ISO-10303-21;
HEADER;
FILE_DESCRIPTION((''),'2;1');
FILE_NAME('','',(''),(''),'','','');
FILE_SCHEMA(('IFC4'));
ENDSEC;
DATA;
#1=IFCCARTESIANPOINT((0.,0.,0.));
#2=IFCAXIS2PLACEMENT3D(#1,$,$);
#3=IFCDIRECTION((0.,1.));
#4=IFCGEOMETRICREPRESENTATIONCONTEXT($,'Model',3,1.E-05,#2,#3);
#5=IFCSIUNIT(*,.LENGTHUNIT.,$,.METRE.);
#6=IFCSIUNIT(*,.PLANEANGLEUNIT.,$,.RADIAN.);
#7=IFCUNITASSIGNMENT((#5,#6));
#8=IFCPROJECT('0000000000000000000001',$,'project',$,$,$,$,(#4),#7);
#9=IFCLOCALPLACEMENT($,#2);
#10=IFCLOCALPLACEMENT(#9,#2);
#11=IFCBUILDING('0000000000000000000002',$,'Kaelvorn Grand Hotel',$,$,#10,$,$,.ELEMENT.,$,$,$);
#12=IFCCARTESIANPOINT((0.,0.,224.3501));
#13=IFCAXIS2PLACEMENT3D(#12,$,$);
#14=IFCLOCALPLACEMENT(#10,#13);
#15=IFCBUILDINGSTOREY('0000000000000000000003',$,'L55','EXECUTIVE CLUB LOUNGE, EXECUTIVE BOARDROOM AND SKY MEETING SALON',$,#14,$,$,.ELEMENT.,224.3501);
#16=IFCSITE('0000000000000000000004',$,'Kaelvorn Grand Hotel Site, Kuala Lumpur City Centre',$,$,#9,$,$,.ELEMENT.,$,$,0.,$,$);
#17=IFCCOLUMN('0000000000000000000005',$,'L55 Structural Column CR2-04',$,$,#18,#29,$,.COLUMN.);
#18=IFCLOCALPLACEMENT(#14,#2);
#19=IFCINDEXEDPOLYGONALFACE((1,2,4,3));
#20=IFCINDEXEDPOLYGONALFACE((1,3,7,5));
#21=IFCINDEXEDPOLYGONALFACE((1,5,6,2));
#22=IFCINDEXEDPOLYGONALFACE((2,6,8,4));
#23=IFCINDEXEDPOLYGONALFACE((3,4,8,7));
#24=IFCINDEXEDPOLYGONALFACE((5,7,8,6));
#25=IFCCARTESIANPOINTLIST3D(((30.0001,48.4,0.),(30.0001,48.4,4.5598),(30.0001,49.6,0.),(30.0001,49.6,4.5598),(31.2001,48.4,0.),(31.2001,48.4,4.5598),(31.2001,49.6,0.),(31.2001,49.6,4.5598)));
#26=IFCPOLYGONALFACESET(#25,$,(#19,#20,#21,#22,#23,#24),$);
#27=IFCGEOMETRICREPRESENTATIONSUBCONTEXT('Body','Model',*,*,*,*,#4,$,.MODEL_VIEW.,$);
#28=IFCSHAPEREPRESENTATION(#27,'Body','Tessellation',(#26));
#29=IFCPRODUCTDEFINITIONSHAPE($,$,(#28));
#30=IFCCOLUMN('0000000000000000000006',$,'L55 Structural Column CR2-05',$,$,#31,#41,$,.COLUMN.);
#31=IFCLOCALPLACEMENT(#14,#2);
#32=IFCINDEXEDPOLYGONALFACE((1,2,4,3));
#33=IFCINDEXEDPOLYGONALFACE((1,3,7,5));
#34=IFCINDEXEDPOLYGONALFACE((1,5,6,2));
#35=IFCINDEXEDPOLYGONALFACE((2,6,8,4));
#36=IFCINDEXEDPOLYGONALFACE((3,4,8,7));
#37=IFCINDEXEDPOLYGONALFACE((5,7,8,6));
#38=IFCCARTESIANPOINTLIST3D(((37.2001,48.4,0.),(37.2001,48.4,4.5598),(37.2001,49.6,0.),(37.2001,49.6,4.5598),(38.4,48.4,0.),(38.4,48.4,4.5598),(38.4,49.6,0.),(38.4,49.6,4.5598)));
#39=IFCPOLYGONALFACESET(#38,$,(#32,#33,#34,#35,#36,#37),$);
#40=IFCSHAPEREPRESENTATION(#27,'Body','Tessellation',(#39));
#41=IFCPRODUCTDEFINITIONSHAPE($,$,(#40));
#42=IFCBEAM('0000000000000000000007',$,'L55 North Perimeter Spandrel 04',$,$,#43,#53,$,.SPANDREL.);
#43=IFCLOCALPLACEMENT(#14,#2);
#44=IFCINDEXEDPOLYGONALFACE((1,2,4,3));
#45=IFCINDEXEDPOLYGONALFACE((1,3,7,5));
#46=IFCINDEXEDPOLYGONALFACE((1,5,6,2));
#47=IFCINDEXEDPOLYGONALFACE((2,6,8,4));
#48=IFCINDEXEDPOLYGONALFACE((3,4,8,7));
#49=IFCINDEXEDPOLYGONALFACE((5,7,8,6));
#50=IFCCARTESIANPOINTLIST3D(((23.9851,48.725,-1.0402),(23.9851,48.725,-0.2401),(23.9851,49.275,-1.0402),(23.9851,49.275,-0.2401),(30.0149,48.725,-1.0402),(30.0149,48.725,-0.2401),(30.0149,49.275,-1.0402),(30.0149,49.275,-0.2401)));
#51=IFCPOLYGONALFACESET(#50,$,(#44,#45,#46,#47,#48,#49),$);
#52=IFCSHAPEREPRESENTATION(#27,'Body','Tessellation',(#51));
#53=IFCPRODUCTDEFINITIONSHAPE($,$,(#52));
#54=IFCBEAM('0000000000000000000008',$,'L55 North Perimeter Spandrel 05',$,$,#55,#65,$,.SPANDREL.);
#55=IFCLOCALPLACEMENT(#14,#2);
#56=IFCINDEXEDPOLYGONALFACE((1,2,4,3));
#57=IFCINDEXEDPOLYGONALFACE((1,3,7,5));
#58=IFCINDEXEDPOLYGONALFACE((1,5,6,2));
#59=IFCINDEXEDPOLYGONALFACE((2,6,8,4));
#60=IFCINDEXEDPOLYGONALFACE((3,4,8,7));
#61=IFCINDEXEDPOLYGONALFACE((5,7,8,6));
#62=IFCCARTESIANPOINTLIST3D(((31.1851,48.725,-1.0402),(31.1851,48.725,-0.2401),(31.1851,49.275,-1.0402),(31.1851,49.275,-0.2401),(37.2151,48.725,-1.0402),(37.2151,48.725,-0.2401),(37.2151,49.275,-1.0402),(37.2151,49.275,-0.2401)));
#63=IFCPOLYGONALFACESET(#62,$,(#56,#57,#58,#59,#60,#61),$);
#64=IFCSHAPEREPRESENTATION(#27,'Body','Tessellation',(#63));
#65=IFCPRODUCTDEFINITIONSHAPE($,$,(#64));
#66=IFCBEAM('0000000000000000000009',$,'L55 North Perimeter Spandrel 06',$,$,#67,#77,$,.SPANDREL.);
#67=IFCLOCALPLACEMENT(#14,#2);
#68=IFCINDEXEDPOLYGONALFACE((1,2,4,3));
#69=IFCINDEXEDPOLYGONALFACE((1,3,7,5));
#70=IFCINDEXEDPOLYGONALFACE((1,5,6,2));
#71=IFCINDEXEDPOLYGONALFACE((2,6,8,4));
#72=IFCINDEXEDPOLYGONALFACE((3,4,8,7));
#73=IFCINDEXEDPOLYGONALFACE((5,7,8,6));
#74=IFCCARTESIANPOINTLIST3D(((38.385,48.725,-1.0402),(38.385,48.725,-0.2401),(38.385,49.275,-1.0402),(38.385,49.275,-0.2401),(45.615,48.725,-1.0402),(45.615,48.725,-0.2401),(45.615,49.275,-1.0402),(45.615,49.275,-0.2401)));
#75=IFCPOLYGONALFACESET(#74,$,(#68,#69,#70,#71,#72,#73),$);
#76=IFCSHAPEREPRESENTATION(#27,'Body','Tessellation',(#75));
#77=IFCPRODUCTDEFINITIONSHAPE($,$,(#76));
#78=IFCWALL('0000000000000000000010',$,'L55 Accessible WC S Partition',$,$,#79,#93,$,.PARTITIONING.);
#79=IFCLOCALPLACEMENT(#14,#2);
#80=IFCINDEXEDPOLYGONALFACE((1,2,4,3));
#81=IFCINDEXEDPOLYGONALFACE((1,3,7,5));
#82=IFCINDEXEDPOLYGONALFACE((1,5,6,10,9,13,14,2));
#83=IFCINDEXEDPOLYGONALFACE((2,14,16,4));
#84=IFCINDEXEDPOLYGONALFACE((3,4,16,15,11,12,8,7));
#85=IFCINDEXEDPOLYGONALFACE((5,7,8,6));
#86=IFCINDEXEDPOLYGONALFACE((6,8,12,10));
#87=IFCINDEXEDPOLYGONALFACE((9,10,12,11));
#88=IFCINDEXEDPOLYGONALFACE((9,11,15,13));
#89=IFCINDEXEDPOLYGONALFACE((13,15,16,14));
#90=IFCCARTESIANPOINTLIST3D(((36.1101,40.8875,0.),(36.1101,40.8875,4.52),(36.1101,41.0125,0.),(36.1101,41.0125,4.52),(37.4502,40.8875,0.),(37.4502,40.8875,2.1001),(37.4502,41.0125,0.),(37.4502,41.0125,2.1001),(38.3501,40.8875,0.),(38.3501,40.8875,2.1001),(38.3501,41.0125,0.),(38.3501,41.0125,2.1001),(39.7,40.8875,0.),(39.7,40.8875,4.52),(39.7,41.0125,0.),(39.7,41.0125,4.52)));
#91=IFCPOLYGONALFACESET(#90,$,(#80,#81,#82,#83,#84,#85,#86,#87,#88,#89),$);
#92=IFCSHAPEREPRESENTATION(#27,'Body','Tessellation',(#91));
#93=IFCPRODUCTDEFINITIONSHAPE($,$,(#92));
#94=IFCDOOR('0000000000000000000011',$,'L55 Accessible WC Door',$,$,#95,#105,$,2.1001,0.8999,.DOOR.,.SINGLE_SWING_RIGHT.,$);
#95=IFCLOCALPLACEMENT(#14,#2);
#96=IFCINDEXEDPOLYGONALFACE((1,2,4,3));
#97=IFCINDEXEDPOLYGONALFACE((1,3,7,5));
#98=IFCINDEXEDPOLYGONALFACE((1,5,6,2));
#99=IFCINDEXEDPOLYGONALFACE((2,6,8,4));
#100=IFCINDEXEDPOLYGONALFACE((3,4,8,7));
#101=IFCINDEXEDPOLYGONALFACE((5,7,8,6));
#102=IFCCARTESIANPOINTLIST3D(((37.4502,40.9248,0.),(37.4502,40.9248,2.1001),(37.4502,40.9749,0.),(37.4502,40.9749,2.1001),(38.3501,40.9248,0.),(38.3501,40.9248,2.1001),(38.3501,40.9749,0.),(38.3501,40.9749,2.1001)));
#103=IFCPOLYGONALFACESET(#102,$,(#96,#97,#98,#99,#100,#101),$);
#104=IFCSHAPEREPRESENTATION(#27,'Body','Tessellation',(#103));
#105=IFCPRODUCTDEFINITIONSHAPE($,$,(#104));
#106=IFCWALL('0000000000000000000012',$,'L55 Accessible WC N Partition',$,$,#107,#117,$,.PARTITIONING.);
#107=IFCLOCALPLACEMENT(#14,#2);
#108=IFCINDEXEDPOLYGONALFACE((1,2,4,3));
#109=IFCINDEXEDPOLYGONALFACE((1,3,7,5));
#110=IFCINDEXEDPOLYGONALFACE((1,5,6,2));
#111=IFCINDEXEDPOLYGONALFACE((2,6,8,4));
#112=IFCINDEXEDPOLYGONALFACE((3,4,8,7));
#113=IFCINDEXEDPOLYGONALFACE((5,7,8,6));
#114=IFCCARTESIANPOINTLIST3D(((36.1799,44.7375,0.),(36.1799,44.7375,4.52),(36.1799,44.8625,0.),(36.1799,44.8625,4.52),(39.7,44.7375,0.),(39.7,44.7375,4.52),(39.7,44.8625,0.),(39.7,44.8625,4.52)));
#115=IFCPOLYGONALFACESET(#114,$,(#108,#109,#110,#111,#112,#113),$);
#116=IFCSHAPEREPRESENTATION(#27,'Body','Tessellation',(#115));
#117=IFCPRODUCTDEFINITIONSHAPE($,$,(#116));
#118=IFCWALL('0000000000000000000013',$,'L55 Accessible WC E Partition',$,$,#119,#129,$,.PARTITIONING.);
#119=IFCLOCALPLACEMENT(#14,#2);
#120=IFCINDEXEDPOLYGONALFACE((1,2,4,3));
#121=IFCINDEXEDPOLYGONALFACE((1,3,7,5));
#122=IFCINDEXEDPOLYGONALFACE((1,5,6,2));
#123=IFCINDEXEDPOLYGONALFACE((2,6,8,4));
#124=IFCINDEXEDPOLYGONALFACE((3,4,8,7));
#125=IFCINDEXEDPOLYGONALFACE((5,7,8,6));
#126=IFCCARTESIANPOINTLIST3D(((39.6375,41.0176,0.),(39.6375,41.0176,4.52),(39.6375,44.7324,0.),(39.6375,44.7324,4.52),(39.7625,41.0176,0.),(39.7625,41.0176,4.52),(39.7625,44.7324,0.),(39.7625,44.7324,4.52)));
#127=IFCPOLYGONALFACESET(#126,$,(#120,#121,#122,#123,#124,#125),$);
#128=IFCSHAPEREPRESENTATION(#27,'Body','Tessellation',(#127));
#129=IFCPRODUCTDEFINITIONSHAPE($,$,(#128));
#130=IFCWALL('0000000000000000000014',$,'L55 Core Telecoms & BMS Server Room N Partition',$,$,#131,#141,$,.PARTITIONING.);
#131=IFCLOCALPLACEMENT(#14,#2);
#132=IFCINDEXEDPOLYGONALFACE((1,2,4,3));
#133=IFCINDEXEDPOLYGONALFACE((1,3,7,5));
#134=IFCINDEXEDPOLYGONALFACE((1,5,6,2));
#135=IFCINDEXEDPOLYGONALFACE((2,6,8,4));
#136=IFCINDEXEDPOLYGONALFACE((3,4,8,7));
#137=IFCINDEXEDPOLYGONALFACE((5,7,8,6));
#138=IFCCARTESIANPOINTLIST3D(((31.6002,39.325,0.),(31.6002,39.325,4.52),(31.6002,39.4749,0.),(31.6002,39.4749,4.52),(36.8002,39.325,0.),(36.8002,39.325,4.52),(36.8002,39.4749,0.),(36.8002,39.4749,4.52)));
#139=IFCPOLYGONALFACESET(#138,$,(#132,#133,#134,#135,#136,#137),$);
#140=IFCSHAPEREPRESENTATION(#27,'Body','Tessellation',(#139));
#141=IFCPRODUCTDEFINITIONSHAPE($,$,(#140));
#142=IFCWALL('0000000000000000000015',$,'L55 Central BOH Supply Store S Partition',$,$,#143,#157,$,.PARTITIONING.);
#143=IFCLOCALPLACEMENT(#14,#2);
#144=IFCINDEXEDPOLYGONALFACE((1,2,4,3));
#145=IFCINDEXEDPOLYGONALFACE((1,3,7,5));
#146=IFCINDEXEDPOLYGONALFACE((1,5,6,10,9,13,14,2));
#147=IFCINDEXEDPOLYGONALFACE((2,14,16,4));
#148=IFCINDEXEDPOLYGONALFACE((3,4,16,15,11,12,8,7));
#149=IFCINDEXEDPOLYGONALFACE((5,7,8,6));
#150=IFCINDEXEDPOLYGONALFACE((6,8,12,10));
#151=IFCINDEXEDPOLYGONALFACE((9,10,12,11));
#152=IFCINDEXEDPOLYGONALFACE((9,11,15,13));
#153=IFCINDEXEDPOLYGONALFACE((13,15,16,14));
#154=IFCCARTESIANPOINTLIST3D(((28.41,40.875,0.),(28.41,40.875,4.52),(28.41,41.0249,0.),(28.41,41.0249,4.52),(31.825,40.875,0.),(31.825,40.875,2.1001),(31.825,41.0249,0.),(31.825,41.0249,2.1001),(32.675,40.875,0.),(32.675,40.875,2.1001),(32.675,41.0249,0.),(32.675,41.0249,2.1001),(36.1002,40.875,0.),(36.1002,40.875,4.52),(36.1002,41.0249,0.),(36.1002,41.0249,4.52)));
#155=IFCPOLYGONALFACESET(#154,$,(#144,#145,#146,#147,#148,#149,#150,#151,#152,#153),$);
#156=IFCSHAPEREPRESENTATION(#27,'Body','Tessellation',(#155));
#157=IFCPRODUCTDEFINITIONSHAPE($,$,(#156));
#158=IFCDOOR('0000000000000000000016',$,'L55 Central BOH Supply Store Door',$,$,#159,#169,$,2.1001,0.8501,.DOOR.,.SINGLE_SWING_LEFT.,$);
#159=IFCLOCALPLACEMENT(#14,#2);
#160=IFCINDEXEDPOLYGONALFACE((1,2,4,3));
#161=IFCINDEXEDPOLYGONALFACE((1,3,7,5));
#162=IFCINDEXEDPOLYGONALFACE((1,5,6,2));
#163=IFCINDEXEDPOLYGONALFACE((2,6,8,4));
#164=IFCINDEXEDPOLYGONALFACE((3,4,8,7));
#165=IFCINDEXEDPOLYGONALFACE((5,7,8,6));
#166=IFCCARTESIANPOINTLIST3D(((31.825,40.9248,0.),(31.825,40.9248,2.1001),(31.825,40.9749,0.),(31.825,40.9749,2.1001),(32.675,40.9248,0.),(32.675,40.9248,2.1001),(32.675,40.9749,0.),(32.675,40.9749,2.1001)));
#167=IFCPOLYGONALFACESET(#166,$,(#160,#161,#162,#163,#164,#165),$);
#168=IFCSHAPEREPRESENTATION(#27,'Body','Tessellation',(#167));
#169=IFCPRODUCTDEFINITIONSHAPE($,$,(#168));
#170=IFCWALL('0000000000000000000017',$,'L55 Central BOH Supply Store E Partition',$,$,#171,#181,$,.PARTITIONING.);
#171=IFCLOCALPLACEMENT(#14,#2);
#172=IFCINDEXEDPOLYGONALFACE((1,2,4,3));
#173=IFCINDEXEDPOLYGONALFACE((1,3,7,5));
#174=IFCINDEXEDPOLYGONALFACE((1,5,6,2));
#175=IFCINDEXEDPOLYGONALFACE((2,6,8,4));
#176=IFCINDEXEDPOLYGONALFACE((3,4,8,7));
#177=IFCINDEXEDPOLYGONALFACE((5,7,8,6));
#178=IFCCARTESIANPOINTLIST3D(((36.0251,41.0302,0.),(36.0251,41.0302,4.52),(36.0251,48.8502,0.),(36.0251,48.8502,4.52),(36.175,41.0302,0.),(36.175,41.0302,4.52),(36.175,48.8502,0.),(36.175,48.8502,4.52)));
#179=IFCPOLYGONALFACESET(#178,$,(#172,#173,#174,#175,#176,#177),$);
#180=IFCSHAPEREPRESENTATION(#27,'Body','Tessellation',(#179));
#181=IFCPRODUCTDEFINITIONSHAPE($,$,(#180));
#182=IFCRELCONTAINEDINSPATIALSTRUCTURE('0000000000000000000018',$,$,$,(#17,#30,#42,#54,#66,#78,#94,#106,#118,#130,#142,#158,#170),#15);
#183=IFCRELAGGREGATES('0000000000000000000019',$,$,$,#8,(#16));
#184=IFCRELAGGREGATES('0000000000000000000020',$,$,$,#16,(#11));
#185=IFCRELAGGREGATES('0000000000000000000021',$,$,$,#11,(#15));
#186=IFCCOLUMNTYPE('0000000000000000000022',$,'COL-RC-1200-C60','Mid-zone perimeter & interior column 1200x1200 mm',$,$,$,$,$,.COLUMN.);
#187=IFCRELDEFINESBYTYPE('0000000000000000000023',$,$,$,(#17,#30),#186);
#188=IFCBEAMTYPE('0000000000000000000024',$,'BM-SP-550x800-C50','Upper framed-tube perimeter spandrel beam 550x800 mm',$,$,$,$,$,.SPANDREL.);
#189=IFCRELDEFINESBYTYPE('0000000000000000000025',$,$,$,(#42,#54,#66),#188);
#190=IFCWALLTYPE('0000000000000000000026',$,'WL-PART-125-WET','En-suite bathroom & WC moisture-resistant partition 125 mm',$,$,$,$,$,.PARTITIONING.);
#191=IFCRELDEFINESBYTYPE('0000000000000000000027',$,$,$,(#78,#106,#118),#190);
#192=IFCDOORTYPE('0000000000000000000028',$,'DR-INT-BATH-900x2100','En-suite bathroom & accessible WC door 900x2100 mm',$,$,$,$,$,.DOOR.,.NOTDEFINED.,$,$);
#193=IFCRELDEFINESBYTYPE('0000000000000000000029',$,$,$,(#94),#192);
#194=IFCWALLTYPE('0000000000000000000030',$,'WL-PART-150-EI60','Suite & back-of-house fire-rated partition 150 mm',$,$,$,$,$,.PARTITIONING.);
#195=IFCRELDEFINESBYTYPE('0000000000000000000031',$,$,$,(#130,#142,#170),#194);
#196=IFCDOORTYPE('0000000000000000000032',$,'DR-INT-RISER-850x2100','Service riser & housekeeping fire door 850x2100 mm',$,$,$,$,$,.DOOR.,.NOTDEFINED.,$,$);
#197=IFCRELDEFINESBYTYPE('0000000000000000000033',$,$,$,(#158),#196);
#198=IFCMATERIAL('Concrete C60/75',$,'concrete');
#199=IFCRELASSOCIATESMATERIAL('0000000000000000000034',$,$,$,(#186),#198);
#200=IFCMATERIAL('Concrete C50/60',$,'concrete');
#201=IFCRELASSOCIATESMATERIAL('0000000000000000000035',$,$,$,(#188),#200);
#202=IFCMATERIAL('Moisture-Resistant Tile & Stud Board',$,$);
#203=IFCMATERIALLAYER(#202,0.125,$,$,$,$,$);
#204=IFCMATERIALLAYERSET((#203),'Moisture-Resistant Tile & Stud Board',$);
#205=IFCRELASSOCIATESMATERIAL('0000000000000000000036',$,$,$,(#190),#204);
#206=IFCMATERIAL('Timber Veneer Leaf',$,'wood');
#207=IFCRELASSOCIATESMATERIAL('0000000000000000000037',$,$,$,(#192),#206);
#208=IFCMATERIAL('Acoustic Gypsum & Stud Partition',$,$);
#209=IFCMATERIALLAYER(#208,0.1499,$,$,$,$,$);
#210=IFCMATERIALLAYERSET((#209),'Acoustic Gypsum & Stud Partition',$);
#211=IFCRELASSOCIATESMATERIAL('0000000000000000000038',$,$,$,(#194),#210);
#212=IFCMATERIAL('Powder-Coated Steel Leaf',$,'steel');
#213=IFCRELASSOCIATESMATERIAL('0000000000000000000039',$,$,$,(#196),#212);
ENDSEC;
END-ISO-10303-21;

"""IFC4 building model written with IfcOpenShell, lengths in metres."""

from ifc_helpers import new_model, si_unit, direction, frame, frame_2d, origin, origin_2d, place, context, subcontext, project, spatial, rectangle, extrude, material, layer, layer_set, material_profile, profile_set, type_object, element, fill, save


model = new_model("IFC4")

# Units and contexts
model_context = context("Model", 3, precision=1e-05, world=origin(), true_north=direction((0.0, 1.0)))
body_context = subcontext(model_context, "Body", "Model", "MODEL_VIEW")
ifc_project = project(units=[si_unit("LENGTHUNIT", "METRE"), si_unit("PLANEANGLEUNIT", "RADIAN")], contexts=[model_context])

# Site, building, storey
site_placement = place(None, origin())
site = spatial("IfcSite", under=ifc_project, at=site_placement, Name="Kaelvorn Grand Hotel Site, Kuala Lumpur City Centre", CompositionType="ELEMENT", RefElevation=0.0)
building_placement = place(site_placement, origin())
building = spatial("IfcBuilding", under=site, at=building_placement, Name="Kaelvorn Grand Hotel", CompositionType="ELEMENT")
storey_placement = place(building_placement, frame((0.0, 0.0, 224.3501)))
storey = spatial("IfcBuildingStorey", under=building, at=storey_placement, Name="L55", Description="EXECUTIVE CLUB LOUNGE, EXECUTIVE BOARDROOM AND SKY MEETING SALON", CompositionType="ELEMENT", Elevation=224.3501)

# Columns
ifc_material_1 = material(Name="Concrete C60/75", Category="concrete")
ifc_material_profile_1 = material_profile(ifc_material_1, rectangle(XDim=1.2, YDim=1.2, at=origin_2d()), Name="RC COL 1200x1200")
ifc_profile_set_1 = profile_set([ifc_material_profile_1], Name="Concrete C60/75")
column_type = type_object("IfcColumnType", Name="COL-RC-1200-C60", Description="Mid-zone perimeter & interior column 1200x1200 mm", PredefinedType="COLUMN", material=ifc_profile_set_1)
for number, where, z_axis, x_axis, name in (
    (1, (30.6001, 49.0, 0.0), (0.0, 0.0, 1.0), (1.0, 0.0, 0.0), "L55 Structural Column CR2-04"),
    (2, (37.8, 49.0, 0.0), (0.0, 0.0, 1.0), (1.0, 0.0, 0.0), "L55 Structural Column CR2-05"),
):
    element("IfcColumn", number, at=place(storey_placement, frame(where, z_axis=z_axis, x_axis=x_axis)), inside=storey, type_object=column_type, Name=name, PredefinedType="COLUMN", context=body_context, shape_type="SweptSolid", body=[
        extrude(rectangle(XDim=1.2, YDim=1.2, at=origin_2d()), origin(), (0.0, 0.0, 1.0), 4.5598),
    ])

# Beams
ifc_material_2 = material(Name="Concrete C50/60", Category="concrete")
ifc_material_profile_2 = material_profile(ifc_material_2, rectangle(XDim=0.55, YDim=0.8, at=origin_2d()), Name="RC SPANDREL 550x800")
ifc_profile_set_2 = profile_set([ifc_material_profile_2], Name="Concrete C50/60")
beam_type = type_object("IfcBeamType", Name="BM-SP-550x800-C50", Description="Upper framed-tube perimeter spandrel beam 550x800 mm", PredefinedType="SPANDREL", material=ifc_profile_set_2)
beam_1_placement = place(storey_placement, frame((23.9851, 49.0, -0.6401), z_axis=(1.0, 0.0, 0.0), x_axis=(0.0, 1.0, 0.0)))
element("IfcBeam", 3, at=beam_1_placement, inside=storey, type_object=beam_type, Name="L55 North Perimeter Spandrel 04", PredefinedType="SPANDREL", context=body_context, shape_type="SweptSolid", body=[
    extrude(rectangle(XDim=0.55, YDim=0.8, at=origin_2d()), origin(), (0.0, 0.0, 1.0), 6.0298),
])
beam_2_placement = place(storey_placement, frame((31.1851, 49.0, -0.6401), z_axis=(1.0, 0.0, 0.0), x_axis=(0.0, 1.0, 0.0)))
element("IfcBeam", 4, at=beam_2_placement, inside=storey, type_object=beam_type, Name="L55 North Perimeter Spandrel 05", PredefinedType="SPANDREL", context=body_context, shape_type="SweptSolid", body=[
    extrude(rectangle(XDim=0.55, YDim=0.8, at=origin_2d()), origin(), (0.0, 0.0, 1.0), 6.03),
])
beam_3_placement = place(storey_placement, frame((38.385, 49.0, -0.6401), z_axis=(1.0, 0.0, 0.0), x_axis=(0.0, 1.0, 0.0)))
element("IfcBeam", 5, at=beam_3_placement, inside=storey, type_object=beam_type, Name="L55 North Perimeter Spandrel 06", PredefinedType="SPANDREL", context=body_context, shape_type="SweptSolid", body=[
    extrude(rectangle(XDim=0.55, YDim=0.8, at=origin_2d()), origin(), (0.0, 0.0, 1.0), 7.23),
])

# Wall, opening, door
ifc_material_3 = material(Name="Moisture-Resistant Tile & Stud Board")
ifc_layer_1 = layer(ifc_material_3, 0.125)
ifc_layer_set_1 = layer_set([ifc_layer_1], Name="Moisture-Resistant Tile & Stud Board")
wall_type_1 = type_object("IfcWallType", Name="WL-PART-125-WET", Description="En-suite bathroom & WC moisture-resistant partition 125 mm", PredefinedType="PARTITIONING", material=ifc_layer_set_1)
wall_1_placement = place(storey_placement, frame((36.1101, 40.95, 0.0), z_axis=(0.0, 0.0, 1.0), x_axis=(1.0, 0.0, 0.0)))
wall_1 = element("IfcWall", 6, at=wall_1_placement, inside=storey, type_object=wall_type_1, Name="L55 Accessible WC S Partition", PredefinedType="PARTITIONING", context=body_context, shape_type="SweptSolid", body=[
    extrude(rectangle(XDim=3.5898, YDim=0.125, at=frame_2d((1.7949, 0.0))), origin(), (0.0, 0.0, 1.0), 4.52),
])
opening_1_placement = place(wall_1_placement, frame((1.3401, 0.0, 0.0)))
opening_1 = element("IfcOpeningElement", 7, at=opening_1_placement, cuts=wall_1, PredefinedType="OPENING", context=body_context, shape_type="SweptSolid", body=[
    extrude(rectangle(XDim=0.8999, YDim=2.1001, at=frame_2d((0.45, 1.05))), frame((0.0, 0.0725, 0.0), z_axis=(0.0, -1.0, 0.0), x_axis=(1.0, 0.0, 0.0)), (0.0, 0.0, 1.0), 0.145),
])
ifc_material_4 = material(Name="Timber Veneer Leaf", Category="wood")
door_type_1 = type_object("IfcDoorType", Name="DR-INT-BATH-900x2100", Description="En-suite bathroom & accessible WC door 900x2100 mm", OperationType="NOTDEFINED", PredefinedType="DOOR", material=ifc_material_4)
door_1_placement = place(opening_1_placement, origin())
door_1 = element("IfcDoor", 8, at=door_1_placement, inside=storey, type_object=door_type_1, Name="L55 Accessible WC Door", OperationType="SINGLE_SWING_RIGHT", OverallHeight=2.1001, OverallWidth=0.8999, PredefinedType="DOOR", context=body_context, shape_type="SweptSolid", body=[
    extrude(rectangle(XDim=0.8999, YDim=2.1001, at=frame_2d((0.45, 1.05))), frame((0.0, 0.0249, 0.0), z_axis=(0.0, -1.0, 0.0), x_axis=(1.0, 0.0, 0.0)), (0.0, 0.0, 1.0), 0.05),
])
fill(opening_1, door_1)

# Walls
wall_2_placement = place(storey_placement, frame((36.1799, 44.8, 0.0), z_axis=(0.0, 0.0, 1.0), x_axis=(1.0, 0.0, 0.0)))
element("IfcWall", 9, at=wall_2_placement, inside=storey, type_object=wall_type_1, Name="L55 Accessible WC N Partition", PredefinedType="PARTITIONING", context=body_context, shape_type="SweptSolid", body=[
    extrude(rectangle(XDim=3.52, YDim=0.125, at=frame_2d((1.76, 0.0))), origin(), (0.0, 0.0, 1.0), 4.52),
])
wall_3_placement = place(storey_placement, frame((39.7, 41.0176, 0.0), z_axis=(0.0, 0.0, 1.0), x_axis=(0.0, 1.0, 0.0)))
element("IfcWall", 10, at=wall_3_placement, inside=storey, type_object=wall_type_1, Name="L55 Accessible WC E Partition", PredefinedType="PARTITIONING", context=body_context, shape_type="SweptSolid", body=[
    extrude(rectangle(XDim=3.7148, YDim=0.125, at=frame_2d((1.8574, 0.0))), origin(), (0.0, 0.0, 1.0), 4.52),
])
ifc_material_5 = material(Name="Acoustic Gypsum & Stud Partition")
ifc_layer_2 = layer(ifc_material_5, 0.1499)
ifc_layer_set_2 = layer_set([ifc_layer_2], Name="Acoustic Gypsum & Stud Partition")
wall_type_2 = type_object("IfcWallType", Name="WL-PART-150-EI60", Description="Suite & back-of-house fire-rated partition 150 mm", PredefinedType="PARTITIONING", material=ifc_layer_set_2)
wall_4_placement = place(storey_placement, frame((31.6001, 39.3999, 0.0), z_axis=(0.0, 0.0, 1.0), x_axis=(1.0, 0.0, 0.0)))
element("IfcWall", 11, at=wall_4_placement, inside=storey, type_object=wall_type_2, Name="L55 Core Telecoms & BMS Server Room N Partition", PredefinedType="PARTITIONING", context=body_context, shape_type="SweptSolid", body=[
    extrude(rectangle(XDim=5.2, YDim=0.1499, at=frame_2d((2.6001, 0.0))), origin(), (0.0, 0.0, 1.0), 4.52),
])

# Wall, opening, door
wall_5_placement = place(storey_placement, frame((28.4099, 40.95, 0.0), z_axis=(0.0, 0.0, 1.0), x_axis=(1.0, 0.0, 0.0)))
wall_5 = element("IfcWall", 12, at=wall_5_placement, inside=storey, type_object=wall_type_2, Name="L55 Central BOH Supply Store S Partition", PredefinedType="PARTITIONING", context=body_context, shape_type="SweptSolid", body=[
    extrude(rectangle(XDim=7.6902, YDim=0.1499, at=frame_2d((3.8452, 0.0))), origin(), (0.0, 0.0, 1.0), 4.52),
])
opening_2_placement = place(wall_5_placement, frame((3.415, 0.0, 0.0)))
opening_2 = element("IfcOpeningElement", 13, at=opening_2_placement, cuts=wall_5, PredefinedType="OPENING", context=body_context, shape_type="SweptSolid", body=[
    extrude(rectangle(XDim=0.8501, YDim=2.1001, at=frame_2d((0.425, 1.05))), frame((0.0, 0.085, 0.0), z_axis=(0.0, -1.0, 0.0), x_axis=(1.0, 0.0, 0.0)), (0.0, 0.0, 1.0), 0.1699),
])
ifc_material_6 = material(Name="Powder-Coated Steel Leaf", Category="steel")
door_type_2 = type_object("IfcDoorType", Name="DR-INT-RISER-850x2100", Description="Service riser & housekeeping fire door 850x2100 mm", OperationType="NOTDEFINED", PredefinedType="DOOR", material=ifc_material_6)
door_2_placement = place(opening_2_placement, origin())
door_2 = element("IfcDoor", 14, at=door_2_placement, inside=storey, type_object=door_type_2, Name="L55 Central BOH Supply Store Door", OperationType="SINGLE_SWING_LEFT", OverallHeight=2.1001, OverallWidth=0.8501, PredefinedType="DOOR", context=body_context, shape_type="SweptSolid", body=[
    extrude(rectangle(XDim=0.8501, YDim=2.1001, at=frame_2d((0.425, 1.05))), frame((0.0, 0.0249, 0.0), z_axis=(0.0, -1.0, 0.0), x_axis=(1.0, 0.0, 0.0)), (0.0, 0.0, 1.0), 0.05),
])
fill(opening_2, door_2)

# Wall
wall_6_placement = place(storey_placement, frame((36.1001, 41.03, 0.0), z_axis=(0.0, 0.0, 1.0), x_axis=(0.0, 1.0, 0.0)))
element("IfcWall", 15, at=wall_6_placement, inside=storey, type_object=wall_type_2, Name="L55 Central BOH Supply Store E Partition", PredefinedType="PARTITIONING", context=body_context, shape_type="SweptSolid", body=[
    extrude(rectangle(XDim=7.8201, YDim=0.1499, at=frame_2d((3.9102, 0.0))), origin(), (0.0, 0.0, 1.0), 4.52),
])

save(model, "model.ifc")
